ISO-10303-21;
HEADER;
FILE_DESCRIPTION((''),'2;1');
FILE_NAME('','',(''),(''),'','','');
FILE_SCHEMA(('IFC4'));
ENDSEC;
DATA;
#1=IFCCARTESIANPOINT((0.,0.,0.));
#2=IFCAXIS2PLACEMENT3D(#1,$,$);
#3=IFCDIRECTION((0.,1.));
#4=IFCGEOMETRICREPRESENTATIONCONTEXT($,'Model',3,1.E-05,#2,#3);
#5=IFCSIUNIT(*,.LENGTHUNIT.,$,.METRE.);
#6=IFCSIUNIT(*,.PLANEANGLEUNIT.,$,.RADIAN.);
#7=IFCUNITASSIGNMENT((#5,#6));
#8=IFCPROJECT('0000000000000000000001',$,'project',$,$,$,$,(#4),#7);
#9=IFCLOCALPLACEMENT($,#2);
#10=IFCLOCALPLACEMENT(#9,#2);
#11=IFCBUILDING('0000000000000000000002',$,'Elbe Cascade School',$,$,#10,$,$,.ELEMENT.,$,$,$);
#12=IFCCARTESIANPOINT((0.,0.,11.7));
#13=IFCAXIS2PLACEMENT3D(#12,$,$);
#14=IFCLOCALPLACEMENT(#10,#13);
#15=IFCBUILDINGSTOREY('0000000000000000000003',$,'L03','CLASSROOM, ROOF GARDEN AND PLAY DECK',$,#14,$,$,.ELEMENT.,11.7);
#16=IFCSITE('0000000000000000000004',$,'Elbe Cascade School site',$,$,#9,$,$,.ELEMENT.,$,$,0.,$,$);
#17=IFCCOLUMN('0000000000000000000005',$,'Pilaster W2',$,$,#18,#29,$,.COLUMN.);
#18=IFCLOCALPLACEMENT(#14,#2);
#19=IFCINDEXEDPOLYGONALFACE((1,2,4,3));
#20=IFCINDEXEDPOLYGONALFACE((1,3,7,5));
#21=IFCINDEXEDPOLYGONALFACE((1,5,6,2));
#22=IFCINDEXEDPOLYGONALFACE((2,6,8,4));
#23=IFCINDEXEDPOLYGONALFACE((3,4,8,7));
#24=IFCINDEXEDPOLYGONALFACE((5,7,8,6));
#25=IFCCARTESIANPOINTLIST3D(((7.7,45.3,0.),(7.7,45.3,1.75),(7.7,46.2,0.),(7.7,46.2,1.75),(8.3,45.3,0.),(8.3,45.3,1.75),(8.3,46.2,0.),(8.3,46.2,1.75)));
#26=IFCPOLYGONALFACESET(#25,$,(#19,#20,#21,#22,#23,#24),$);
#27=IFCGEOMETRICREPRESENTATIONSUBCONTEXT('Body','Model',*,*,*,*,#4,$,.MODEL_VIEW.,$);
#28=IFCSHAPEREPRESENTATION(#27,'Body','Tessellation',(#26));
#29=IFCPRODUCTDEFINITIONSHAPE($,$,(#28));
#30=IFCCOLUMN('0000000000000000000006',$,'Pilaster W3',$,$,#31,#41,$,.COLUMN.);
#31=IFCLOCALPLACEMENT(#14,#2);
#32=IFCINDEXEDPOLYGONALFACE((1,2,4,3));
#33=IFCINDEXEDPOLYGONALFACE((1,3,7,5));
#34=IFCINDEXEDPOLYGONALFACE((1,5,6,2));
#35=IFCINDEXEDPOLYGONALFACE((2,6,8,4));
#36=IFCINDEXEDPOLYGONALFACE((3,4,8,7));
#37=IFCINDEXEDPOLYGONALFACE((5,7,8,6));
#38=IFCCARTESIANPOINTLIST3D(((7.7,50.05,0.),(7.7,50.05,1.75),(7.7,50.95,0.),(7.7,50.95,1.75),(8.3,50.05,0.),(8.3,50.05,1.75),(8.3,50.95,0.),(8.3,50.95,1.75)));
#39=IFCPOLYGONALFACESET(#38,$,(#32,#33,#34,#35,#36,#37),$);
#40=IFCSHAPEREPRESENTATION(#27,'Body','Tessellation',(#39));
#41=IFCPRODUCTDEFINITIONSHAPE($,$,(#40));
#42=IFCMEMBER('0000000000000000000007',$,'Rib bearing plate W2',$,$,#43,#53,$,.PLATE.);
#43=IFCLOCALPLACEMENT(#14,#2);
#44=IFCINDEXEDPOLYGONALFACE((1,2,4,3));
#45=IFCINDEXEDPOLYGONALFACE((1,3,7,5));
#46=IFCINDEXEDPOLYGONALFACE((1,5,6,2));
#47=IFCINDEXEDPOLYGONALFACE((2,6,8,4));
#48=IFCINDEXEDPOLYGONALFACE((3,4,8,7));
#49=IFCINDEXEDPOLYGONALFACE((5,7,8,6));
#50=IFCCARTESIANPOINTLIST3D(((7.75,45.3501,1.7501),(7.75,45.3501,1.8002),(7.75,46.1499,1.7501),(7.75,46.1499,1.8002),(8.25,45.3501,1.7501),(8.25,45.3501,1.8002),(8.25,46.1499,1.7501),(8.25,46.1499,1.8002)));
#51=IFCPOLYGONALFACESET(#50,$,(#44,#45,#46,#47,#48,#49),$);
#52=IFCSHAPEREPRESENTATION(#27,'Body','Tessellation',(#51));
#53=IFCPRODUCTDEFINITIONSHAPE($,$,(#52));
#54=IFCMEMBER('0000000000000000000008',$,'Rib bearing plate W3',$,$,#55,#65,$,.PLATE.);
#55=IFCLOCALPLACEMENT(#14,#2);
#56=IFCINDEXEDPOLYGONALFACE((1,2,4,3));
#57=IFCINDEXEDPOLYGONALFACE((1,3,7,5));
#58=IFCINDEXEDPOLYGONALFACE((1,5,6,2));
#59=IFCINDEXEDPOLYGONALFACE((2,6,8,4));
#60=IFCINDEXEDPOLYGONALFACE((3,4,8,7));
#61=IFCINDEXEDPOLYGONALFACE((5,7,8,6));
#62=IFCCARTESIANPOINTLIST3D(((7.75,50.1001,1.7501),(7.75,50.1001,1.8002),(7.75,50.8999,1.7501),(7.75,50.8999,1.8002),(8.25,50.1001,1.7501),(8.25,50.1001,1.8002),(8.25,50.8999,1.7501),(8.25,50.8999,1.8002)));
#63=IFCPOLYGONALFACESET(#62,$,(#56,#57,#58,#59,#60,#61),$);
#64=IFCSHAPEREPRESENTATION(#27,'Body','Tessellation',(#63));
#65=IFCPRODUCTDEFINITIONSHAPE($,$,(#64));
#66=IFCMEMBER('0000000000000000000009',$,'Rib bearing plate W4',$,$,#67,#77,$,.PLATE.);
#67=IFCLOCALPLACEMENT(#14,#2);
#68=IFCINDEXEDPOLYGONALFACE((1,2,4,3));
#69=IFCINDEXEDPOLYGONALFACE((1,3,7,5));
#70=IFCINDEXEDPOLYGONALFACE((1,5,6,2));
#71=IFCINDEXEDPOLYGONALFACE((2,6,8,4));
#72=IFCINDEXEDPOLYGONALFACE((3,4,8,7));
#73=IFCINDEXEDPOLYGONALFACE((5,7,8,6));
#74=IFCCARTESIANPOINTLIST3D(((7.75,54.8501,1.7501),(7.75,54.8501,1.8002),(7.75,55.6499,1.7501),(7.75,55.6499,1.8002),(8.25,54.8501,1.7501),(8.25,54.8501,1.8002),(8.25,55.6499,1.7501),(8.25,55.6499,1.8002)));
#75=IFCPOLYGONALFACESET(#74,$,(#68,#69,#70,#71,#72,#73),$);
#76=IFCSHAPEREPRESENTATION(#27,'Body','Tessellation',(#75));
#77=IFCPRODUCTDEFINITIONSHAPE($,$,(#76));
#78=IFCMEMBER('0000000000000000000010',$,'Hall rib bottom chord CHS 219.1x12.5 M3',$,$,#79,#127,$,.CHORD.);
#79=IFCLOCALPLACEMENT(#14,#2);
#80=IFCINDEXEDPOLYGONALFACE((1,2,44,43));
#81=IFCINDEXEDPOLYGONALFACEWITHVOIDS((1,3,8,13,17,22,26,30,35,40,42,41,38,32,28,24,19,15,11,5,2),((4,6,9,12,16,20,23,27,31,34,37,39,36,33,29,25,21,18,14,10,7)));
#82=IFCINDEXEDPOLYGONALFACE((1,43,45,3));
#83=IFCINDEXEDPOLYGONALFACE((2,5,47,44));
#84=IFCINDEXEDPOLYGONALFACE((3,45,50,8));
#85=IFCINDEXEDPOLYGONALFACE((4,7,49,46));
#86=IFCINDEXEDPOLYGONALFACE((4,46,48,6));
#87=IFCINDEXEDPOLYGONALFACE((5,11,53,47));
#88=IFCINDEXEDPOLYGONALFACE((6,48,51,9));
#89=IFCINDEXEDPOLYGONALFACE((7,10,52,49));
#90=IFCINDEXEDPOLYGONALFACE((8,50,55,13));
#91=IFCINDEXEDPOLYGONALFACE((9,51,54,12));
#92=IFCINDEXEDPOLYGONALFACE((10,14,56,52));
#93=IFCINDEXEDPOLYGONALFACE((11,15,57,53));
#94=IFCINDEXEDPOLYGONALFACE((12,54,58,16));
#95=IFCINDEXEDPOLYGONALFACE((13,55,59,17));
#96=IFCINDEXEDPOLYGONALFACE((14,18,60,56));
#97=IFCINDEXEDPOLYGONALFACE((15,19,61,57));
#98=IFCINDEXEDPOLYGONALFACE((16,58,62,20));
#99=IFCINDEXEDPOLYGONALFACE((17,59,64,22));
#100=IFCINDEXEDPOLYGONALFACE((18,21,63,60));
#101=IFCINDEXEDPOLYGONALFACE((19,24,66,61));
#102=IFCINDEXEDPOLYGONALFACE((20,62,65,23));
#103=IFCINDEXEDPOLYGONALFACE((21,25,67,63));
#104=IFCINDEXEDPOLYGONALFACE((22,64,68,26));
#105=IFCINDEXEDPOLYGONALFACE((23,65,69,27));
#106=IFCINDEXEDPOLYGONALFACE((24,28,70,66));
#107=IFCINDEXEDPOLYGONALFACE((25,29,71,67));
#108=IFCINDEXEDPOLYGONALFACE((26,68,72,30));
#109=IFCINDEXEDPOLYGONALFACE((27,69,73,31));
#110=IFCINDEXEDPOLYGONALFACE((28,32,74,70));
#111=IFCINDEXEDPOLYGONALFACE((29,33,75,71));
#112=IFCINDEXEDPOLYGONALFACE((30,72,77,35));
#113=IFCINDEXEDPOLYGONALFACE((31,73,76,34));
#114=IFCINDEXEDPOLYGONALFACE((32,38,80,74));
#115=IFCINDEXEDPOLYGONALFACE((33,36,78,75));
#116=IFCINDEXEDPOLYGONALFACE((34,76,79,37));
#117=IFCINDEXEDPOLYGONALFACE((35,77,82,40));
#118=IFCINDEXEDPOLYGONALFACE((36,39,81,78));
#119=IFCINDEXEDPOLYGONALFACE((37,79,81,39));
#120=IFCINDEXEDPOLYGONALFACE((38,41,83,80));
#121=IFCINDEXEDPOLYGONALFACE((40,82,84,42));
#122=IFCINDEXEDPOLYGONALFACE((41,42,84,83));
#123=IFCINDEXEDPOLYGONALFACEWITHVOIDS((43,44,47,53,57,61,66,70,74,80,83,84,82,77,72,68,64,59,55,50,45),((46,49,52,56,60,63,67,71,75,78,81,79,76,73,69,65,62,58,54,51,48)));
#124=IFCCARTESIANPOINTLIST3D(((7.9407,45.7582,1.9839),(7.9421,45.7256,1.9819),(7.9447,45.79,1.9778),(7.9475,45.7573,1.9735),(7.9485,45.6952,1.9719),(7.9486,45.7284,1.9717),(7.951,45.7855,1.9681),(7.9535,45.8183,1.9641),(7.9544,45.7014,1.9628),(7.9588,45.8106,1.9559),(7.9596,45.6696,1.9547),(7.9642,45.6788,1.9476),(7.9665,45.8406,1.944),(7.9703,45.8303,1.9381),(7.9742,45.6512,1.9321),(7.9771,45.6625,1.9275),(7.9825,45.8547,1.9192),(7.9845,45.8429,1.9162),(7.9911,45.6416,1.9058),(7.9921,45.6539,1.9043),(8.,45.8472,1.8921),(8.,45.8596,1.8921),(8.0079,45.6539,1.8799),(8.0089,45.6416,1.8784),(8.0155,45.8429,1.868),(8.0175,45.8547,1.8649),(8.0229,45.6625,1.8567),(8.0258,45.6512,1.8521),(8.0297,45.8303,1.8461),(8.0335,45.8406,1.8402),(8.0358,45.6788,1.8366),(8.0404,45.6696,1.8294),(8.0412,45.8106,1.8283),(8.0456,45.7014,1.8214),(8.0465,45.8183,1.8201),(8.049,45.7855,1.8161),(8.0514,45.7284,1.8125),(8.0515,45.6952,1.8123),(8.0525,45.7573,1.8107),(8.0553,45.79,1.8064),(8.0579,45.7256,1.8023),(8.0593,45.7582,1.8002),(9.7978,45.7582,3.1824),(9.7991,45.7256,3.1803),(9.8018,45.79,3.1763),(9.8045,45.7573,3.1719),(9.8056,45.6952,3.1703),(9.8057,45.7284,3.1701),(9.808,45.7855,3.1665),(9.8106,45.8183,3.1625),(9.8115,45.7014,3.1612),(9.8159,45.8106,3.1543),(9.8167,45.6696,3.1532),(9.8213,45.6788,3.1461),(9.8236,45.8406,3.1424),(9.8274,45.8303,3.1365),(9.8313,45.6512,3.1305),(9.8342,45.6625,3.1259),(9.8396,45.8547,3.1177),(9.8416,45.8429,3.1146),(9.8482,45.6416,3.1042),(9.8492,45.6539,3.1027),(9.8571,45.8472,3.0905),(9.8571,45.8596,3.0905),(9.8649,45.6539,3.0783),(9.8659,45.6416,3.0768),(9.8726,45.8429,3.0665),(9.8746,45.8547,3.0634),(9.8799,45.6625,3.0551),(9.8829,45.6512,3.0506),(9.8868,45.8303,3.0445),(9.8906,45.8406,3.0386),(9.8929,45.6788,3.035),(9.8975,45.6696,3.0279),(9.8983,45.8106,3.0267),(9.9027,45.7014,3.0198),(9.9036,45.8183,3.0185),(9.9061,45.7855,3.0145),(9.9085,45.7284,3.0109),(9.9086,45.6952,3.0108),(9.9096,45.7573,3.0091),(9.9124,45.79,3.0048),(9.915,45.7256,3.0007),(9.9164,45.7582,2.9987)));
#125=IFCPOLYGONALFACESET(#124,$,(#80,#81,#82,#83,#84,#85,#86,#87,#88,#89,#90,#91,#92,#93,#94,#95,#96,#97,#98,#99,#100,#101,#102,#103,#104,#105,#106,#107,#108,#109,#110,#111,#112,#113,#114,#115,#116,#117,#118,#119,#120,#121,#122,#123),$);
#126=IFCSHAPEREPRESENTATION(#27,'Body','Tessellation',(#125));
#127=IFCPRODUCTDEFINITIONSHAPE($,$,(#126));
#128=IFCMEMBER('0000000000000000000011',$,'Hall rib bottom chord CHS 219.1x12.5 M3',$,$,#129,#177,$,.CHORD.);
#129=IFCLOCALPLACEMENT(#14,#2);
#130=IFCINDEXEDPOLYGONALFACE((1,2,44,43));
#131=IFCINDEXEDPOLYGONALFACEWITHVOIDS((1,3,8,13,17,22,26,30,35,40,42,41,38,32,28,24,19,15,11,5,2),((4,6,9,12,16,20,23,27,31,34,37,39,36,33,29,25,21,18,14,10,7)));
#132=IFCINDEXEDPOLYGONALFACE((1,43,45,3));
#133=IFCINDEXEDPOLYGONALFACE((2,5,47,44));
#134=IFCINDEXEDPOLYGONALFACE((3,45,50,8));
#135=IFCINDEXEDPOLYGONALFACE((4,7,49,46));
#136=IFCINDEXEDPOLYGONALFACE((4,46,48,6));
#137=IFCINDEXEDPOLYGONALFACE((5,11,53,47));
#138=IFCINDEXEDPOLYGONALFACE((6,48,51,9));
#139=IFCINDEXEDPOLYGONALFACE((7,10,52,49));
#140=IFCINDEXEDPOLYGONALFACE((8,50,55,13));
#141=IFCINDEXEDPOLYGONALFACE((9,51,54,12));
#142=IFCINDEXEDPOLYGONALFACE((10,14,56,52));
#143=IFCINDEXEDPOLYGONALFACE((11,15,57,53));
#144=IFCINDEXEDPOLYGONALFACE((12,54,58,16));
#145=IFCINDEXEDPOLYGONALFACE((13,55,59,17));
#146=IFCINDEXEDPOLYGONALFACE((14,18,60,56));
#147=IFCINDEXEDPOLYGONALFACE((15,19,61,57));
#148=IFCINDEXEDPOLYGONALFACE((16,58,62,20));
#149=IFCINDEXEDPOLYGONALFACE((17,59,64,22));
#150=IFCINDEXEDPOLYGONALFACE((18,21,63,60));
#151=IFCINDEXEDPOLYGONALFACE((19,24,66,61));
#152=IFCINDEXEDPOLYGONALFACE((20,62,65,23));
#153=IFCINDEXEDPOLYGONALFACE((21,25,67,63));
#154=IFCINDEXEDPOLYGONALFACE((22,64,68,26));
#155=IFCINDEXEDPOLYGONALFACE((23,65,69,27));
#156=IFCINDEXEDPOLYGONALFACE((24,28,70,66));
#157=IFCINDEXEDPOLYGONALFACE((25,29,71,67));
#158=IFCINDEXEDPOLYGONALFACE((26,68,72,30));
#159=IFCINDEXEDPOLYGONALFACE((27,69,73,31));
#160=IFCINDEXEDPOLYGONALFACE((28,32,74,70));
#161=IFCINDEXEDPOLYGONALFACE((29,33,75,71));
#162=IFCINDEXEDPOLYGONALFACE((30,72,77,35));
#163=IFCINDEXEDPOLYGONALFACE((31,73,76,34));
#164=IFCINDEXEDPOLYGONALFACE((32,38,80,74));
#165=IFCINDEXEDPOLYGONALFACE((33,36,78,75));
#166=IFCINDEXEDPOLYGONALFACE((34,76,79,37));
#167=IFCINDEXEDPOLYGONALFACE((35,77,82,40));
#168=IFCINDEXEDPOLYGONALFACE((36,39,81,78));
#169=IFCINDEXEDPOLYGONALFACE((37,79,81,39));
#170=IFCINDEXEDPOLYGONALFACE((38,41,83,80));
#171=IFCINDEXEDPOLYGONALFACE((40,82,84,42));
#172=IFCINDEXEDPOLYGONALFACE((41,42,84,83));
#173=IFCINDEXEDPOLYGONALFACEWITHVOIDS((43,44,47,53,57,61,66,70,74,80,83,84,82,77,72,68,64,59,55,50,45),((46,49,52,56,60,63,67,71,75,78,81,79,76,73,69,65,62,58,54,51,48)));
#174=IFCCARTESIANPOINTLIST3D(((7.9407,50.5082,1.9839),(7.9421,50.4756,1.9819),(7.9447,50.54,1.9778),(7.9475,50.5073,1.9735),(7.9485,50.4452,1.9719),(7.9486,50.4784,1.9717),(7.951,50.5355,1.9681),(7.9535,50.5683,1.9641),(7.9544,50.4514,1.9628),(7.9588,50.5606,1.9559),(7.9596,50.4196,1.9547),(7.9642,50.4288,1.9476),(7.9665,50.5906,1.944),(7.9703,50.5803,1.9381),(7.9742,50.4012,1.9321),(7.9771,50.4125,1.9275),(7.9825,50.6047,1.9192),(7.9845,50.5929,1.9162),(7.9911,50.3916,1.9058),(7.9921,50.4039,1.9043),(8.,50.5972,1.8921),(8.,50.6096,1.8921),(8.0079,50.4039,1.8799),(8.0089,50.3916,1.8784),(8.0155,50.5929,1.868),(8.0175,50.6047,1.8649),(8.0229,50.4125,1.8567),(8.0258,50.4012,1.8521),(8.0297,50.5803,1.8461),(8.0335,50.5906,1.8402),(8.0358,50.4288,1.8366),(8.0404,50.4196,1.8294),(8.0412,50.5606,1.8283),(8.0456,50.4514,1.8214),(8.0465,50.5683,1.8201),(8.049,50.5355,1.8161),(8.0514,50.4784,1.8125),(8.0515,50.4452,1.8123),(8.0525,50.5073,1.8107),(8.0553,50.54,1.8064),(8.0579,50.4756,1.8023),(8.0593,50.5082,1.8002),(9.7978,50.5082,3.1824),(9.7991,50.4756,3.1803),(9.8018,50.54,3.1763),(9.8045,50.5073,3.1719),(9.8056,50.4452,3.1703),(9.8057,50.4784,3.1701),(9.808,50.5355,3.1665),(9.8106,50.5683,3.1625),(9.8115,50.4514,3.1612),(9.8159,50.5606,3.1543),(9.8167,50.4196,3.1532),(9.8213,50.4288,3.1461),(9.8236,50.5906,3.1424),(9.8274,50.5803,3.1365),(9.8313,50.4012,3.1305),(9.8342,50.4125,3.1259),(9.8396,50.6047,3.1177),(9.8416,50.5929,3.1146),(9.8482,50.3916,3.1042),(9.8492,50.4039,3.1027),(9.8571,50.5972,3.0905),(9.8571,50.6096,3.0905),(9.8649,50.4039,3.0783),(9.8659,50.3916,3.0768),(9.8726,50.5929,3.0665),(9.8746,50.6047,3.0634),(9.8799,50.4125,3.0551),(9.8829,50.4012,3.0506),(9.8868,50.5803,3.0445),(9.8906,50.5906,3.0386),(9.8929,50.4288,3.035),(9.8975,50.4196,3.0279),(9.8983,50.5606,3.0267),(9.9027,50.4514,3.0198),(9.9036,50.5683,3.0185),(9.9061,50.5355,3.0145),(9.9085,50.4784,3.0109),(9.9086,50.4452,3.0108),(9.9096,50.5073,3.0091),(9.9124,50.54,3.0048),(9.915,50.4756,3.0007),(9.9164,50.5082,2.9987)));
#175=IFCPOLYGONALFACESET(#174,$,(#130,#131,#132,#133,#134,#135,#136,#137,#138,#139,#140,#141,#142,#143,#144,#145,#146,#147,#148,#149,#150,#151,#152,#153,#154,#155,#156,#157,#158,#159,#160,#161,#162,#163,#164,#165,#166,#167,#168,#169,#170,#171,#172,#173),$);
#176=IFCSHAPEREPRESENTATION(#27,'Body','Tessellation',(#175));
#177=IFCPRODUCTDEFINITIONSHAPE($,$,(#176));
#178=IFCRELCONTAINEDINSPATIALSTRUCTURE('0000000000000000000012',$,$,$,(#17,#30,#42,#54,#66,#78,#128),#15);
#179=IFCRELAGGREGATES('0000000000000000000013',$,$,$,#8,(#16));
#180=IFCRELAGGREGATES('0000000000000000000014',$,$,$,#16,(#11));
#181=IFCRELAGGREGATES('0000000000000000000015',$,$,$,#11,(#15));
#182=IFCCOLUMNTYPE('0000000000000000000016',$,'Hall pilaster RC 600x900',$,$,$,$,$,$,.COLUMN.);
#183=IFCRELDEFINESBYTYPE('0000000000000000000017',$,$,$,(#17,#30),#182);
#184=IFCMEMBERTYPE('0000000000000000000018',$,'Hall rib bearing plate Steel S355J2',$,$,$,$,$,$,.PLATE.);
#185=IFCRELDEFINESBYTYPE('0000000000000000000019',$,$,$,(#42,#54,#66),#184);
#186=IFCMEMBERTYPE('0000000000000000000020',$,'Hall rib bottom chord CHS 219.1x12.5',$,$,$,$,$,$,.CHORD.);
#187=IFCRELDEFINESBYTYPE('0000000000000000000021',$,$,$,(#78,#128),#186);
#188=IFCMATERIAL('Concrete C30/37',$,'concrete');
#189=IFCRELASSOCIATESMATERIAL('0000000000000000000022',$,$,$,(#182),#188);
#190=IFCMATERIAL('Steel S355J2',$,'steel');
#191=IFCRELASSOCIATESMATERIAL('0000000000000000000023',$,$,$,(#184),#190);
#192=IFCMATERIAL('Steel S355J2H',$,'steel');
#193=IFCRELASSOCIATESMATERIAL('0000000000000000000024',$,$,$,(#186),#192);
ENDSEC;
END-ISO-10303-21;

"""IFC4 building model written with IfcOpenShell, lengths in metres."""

from ifc_helpers import new_model, si_unit, direction, frame, origin, origin_2d, place, context, subcontext, project, spatial, rectangle, hollow_circle, extrude, material, material_profile, profile_set, type_object, element, save


model = new_model("IFC4")

# Units and contexts
model_context = context("Model", 3, precision=1e-05, world=origin(), true_north=direction((0.0, 1.0)))
body_context = subcontext(model_context, "Body", "Model", "MODEL_VIEW")
ifc_project = project(units=[si_unit("LENGTHUNIT", "METRE"), si_unit("PLANEANGLEUNIT", "RADIAN")], contexts=[model_context])

# Site, building, storey
site_placement = place(None, origin())
site = spatial("IfcSite", under=ifc_project, at=site_placement, Name="Elbe Cascade School site", CompositionType="ELEMENT", RefElevation=0.0)
building_placement = place(site_placement, origin())
building = spatial("IfcBuilding", under=site, at=building_placement, Name="Elbe Cascade School", CompositionType="ELEMENT")
storey_placement = place(building_placement, frame((0.0, 0.0, 11.7)))
storey = spatial("IfcBuildingStorey", under=building, at=storey_placement, Name="L03", Description="CLASSROOM, ROOF GARDEN AND PLAY DECK", CompositionType="ELEMENT", Elevation=11.7)

# Columns
ifc_material_1 = material(Name="Concrete C30/37", Category="concrete")
ifc_material_profile_1 = material_profile(ifc_material_1, rectangle(XDim=0.6001, YDim=0.8999, at=origin_2d()), Name="RC 600x900")
ifc_profile_set_1 = profile_set([ifc_material_profile_1], Name="Concrete C30/37")
column_type = type_object("IfcColumnType", Name="Hall pilaster RC 600x900", PredefinedType="COLUMN", material=ifc_profile_set_1)
for number, where, z_axis, x_axis, name in (
    (1, (8.0, 45.75, 0.0), (0.0, 0.0, 1.0), (1.0, 0.0, 0.0), "Pilaster W2"),
    (2, (8.0, 50.5, 0.0), (0.0, 0.0, 1.0), (1.0, 0.0, 0.0), "Pilaster W3"),
):
    element("IfcColumn", number, at=place(storey_placement, frame(where, z_axis=z_axis, x_axis=x_axis)), inside=storey, type_object=column_type, Name=name, PredefinedType="COLUMN", context=body_context, shape_type="SweptSolid", body=[
        extrude(rectangle(XDim=0.6001, YDim=0.8999, at=origin_2d()), origin(), (0.0, 0.0, 1.0), 1.75),
    ])

# Members
ifc_material_2 = material(Name="Steel S355J2", Category="steel")
ifc_material_profile_2 = material_profile(ifc_material_2, rectangle(XDim=0.5, YDim=0.05, at=origin_2d()), Name="PL 500x50")
ifc_profile_set_2 = profile_set([ifc_material_profile_2], Name="Steel S355J2")
member_type_1 = type_object("IfcMemberType", Name="Hall rib bearing plate Steel S355J2", PredefinedType="PLATE", material=ifc_profile_set_2)
for number, where, z_axis, x_axis, name in (
    (3, (8.0, 45.3501, 1.7751), (0.0, 1.0, 0.0), (-1.0, 0.0, 0.0), "Rib bearing plate W2"),
    (4, (8.0, 50.1001, 1.7751), (0.0, 1.0, 0.0), (-1.0, 0.0, 0.0), "Rib bearing plate W3"),
    (5, (8.0, 54.8501, 1.7751), (0.0, 1.0, 0.0), (-1.0, 0.0, 0.0), "Rib bearing plate W4"),
):
    element("IfcMember", number, at=place(storey_placement, frame(where, z_axis=z_axis, x_axis=x_axis)), inside=storey, type_object=member_type_1, Name=name, PredefinedType="PLATE", context=body_context, shape_type="SweptSolid", body=[
        extrude(rectangle(XDim=0.5, YDim=0.05, at=origin_2d()), origin(), (0.0, 0.0, 1.0), 0.7998),
    ])
ifc_material_3 = material(Name="Steel S355J2H", Category="steel")
ifc_material_profile_3 = material_profile(ifc_material_3, hollow_circle(Radius=0.1096, WallThickness=0.0125, at=origin_2d()), Name="CHS 219.1x12.5")
ifc_profile_set_3 = profile_set([ifc_material_profile_3], Name="Steel S355J2H")
member_type_2 = type_object("IfcMemberType", Name="Hall rib bottom chord CHS 219.1x12.5", PredefinedType="CHORD", material=ifc_profile_set_3)
for number, where, z_axis, x_axis, name in (
    (6, (8.0, 45.75, 1.8921), (0.840233, 0.0, 0.542225), (0.0, 1.0, 0.0), "Hall rib bottom chord CHS 219.1x12.5 M3"),
    (7, (8.0, 50.5, 1.8921), (0.840233, 0.0, 0.542225), (0.0, 1.0, 0.0), "Hall rib bottom chord CHS 219.1x12.5 M3"),
):
    element("IfcMember", number, at=place(storey_placement, frame(where, z_axis=z_axis, x_axis=x_axis)), inside=storey, type_object=member_type_2, Name=name, PredefinedType="CHORD", context=body_context, shape_type="SweptSolid", body=[
        extrude(hollow_circle(Radius=0.1096, WallThickness=0.0125, at=origin_2d()), origin(), (0.0, 0.0, 1.0), 2.2102),
    ])

save(model, "model.ifc")
